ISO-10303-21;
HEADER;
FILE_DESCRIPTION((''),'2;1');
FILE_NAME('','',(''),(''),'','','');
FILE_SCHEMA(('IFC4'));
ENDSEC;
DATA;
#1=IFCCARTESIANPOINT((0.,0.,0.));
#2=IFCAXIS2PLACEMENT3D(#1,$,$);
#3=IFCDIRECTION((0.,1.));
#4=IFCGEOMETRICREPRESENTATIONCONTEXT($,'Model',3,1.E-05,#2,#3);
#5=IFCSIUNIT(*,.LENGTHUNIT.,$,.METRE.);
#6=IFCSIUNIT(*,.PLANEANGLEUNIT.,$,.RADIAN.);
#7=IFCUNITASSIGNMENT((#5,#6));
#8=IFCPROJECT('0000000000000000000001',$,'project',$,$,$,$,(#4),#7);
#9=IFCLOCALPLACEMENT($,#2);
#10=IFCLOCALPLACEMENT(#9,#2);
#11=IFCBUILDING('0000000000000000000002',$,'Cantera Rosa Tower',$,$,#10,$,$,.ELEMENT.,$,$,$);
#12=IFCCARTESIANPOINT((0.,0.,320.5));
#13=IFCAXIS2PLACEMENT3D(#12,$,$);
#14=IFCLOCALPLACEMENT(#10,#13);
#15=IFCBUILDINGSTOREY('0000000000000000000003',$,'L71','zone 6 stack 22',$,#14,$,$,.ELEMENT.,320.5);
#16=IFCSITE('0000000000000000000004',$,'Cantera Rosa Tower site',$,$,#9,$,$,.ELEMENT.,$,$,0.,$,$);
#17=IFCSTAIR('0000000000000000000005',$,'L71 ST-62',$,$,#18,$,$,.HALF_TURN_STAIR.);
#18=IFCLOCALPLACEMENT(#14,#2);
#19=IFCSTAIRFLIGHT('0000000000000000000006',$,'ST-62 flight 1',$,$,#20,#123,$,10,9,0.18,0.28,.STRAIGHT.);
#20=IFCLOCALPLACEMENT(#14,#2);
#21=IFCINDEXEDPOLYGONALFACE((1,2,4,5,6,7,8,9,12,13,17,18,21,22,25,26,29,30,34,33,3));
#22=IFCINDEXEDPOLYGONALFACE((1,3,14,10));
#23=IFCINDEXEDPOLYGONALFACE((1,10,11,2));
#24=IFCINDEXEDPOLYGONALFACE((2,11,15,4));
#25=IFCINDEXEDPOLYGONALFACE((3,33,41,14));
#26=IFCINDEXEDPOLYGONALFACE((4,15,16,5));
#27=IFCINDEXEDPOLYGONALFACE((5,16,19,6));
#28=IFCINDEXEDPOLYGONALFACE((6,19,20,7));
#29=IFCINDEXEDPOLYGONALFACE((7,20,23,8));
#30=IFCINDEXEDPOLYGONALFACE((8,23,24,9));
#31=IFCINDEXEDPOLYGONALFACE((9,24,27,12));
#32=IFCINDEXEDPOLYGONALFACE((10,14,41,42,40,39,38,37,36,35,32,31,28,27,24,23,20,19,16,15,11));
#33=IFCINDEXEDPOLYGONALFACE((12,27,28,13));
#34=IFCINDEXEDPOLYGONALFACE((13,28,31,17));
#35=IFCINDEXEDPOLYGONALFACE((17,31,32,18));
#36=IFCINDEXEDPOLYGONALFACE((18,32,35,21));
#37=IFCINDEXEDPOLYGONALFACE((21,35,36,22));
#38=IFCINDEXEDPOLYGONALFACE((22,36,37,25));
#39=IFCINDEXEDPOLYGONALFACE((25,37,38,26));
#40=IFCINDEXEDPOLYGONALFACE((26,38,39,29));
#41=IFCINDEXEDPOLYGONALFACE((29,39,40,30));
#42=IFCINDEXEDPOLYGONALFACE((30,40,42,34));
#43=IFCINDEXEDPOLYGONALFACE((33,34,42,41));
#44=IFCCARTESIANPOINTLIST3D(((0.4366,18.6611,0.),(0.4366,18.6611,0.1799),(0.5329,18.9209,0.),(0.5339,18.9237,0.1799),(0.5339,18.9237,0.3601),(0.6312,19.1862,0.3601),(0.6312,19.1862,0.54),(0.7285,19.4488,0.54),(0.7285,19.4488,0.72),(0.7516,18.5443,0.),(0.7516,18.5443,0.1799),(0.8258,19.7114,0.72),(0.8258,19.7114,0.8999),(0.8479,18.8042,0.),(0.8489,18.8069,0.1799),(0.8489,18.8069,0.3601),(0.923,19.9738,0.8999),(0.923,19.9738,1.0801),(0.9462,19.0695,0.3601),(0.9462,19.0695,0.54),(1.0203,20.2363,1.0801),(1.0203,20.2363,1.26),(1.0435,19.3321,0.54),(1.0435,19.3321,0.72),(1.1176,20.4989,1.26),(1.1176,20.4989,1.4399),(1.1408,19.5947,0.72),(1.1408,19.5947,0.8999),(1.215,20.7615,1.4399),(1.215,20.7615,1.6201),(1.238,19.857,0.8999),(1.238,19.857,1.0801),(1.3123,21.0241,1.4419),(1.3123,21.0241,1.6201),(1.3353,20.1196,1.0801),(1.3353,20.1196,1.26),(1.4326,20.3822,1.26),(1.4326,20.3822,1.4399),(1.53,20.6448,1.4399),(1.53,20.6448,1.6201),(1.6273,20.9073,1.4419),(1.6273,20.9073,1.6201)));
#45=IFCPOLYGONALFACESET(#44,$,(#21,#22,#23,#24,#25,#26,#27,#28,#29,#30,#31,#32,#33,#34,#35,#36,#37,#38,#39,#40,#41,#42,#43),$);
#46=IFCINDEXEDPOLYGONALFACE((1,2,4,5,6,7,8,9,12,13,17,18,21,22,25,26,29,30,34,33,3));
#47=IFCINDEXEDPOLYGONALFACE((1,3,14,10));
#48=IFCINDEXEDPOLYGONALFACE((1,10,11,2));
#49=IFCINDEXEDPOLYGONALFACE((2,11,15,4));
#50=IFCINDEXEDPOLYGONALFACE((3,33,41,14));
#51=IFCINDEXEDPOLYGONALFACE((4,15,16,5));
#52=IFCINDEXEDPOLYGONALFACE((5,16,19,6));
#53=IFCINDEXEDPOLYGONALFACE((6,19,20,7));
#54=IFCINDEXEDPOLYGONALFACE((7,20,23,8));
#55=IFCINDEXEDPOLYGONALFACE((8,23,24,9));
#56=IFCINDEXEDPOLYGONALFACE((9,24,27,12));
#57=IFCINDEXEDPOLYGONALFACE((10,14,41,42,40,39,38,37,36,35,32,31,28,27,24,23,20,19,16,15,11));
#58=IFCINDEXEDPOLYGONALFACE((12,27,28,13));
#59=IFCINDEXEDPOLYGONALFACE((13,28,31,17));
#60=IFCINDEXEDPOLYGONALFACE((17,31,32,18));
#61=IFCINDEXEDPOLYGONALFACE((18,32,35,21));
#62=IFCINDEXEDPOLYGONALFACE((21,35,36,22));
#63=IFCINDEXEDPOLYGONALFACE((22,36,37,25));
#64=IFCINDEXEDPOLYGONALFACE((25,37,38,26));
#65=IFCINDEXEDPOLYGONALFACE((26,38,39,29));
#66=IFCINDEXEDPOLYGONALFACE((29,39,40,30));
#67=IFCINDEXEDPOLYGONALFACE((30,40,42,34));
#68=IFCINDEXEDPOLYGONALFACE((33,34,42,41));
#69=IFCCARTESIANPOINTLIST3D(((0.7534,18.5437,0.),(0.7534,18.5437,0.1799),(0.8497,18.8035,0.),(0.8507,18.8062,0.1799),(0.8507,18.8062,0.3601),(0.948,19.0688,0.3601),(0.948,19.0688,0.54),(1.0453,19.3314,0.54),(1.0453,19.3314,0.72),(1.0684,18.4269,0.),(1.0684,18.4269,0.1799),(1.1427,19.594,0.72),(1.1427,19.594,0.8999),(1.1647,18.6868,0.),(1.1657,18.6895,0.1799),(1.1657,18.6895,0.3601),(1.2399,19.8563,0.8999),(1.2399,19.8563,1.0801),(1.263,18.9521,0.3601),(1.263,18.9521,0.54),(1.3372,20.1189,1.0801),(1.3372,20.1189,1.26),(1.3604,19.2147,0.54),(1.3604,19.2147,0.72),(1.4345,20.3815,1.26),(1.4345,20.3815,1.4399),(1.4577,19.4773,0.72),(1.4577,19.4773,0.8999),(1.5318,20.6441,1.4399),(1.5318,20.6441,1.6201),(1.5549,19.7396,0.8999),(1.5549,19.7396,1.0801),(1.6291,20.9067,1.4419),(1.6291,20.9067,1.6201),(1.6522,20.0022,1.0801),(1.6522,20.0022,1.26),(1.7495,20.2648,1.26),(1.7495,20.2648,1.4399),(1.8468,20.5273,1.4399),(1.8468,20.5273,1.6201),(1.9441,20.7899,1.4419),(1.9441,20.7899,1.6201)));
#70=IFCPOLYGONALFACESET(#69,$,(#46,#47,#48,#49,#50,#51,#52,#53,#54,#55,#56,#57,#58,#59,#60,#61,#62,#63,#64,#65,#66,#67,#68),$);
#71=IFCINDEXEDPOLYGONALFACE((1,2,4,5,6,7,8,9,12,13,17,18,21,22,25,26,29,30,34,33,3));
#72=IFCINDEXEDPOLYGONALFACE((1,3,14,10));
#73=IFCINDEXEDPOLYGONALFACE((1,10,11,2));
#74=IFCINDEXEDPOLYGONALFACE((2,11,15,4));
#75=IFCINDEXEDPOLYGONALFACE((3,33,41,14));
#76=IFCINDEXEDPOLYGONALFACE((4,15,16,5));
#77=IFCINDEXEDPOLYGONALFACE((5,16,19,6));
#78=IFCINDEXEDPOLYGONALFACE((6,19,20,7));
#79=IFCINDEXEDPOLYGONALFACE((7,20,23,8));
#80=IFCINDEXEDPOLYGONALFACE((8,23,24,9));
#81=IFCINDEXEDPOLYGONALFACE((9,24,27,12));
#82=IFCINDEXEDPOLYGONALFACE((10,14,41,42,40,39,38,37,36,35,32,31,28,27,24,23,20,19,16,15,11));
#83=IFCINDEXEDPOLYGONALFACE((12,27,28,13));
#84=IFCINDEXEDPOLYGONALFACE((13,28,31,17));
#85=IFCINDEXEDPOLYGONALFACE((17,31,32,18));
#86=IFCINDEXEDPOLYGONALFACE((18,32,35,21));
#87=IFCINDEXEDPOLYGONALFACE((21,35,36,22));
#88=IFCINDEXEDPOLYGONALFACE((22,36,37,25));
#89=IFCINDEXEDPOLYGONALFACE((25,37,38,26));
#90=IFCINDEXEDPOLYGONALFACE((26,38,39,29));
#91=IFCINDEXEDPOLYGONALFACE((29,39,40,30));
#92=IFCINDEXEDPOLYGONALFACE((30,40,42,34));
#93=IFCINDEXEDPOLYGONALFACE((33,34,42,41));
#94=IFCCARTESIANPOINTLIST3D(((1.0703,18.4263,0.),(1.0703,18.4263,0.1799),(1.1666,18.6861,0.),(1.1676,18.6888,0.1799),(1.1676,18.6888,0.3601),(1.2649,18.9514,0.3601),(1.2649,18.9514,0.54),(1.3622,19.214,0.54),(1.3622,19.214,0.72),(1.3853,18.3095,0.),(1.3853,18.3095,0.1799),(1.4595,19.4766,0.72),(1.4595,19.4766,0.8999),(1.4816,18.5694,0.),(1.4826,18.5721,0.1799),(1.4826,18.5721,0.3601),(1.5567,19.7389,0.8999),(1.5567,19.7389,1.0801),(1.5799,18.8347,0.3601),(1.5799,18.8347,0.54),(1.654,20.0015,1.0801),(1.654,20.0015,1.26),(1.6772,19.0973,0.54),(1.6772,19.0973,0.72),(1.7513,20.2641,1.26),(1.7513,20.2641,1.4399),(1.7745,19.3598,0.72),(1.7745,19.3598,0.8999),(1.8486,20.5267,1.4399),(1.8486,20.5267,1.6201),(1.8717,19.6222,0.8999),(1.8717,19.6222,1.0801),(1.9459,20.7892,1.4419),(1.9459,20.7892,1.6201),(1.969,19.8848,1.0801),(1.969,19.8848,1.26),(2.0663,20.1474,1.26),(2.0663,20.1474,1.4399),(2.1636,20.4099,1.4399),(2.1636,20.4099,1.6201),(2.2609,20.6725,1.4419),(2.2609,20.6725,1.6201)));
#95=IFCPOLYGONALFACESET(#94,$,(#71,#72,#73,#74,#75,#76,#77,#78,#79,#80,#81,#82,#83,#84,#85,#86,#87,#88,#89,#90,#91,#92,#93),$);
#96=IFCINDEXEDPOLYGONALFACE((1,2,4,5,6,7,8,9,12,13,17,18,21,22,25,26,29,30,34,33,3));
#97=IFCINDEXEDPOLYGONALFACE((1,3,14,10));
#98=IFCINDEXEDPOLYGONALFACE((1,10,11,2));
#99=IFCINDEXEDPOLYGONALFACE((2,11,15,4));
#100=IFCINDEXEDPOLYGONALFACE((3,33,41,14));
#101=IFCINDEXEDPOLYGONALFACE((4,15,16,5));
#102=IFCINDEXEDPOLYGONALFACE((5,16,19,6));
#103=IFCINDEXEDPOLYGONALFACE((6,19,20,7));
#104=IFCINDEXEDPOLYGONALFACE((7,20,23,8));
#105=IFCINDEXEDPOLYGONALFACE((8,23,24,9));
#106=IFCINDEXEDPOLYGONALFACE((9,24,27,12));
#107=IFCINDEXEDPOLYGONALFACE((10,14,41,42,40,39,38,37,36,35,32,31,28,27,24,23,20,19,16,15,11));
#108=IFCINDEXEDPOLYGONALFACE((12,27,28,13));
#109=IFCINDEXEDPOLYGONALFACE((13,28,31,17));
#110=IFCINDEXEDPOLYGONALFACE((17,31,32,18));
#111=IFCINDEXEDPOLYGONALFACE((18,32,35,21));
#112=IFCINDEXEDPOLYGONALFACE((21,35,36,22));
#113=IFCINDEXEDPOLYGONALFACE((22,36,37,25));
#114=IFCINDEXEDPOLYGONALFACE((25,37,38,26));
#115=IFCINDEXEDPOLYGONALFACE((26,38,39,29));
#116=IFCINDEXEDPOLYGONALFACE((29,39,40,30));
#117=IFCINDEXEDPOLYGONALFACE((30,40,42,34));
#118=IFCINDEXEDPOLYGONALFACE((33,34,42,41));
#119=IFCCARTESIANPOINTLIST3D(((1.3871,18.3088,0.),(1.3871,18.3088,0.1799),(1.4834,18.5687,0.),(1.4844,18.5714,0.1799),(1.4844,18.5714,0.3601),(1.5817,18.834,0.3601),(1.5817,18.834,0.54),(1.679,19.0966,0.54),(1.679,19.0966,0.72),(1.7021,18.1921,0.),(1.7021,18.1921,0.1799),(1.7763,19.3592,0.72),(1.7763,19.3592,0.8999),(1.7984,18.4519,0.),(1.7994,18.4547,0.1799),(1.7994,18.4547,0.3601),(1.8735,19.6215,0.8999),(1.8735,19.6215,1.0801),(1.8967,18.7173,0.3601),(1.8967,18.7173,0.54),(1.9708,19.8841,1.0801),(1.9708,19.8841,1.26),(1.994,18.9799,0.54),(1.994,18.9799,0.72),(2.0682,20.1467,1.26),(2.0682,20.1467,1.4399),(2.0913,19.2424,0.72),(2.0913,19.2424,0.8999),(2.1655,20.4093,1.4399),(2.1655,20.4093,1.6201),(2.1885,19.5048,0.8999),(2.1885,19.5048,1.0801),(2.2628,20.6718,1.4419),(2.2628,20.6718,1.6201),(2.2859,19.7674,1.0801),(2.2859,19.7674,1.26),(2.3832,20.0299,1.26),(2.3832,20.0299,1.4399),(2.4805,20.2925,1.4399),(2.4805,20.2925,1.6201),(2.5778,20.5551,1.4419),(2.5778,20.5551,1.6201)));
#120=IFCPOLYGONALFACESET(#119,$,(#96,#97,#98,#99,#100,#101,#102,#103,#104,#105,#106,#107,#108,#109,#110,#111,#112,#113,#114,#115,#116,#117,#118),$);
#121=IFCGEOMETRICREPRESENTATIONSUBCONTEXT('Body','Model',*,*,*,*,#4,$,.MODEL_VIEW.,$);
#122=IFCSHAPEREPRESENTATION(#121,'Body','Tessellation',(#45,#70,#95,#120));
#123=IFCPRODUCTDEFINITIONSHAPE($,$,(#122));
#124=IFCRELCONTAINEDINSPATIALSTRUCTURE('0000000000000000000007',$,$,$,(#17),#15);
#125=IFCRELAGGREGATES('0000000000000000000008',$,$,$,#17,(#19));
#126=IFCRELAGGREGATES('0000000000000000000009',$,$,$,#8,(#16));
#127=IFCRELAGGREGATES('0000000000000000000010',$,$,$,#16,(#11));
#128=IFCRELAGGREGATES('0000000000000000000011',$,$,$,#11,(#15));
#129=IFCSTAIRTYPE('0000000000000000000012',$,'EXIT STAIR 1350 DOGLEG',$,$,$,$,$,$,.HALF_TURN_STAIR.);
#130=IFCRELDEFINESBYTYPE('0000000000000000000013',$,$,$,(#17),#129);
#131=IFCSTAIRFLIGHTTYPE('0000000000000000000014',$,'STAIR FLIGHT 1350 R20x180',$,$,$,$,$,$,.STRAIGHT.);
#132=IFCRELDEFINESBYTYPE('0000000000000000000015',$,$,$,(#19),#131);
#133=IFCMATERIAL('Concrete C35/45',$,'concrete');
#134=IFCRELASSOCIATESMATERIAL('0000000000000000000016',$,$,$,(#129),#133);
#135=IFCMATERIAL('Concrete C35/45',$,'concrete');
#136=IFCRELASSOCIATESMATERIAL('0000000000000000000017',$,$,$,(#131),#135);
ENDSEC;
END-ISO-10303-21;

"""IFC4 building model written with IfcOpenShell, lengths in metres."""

from ifc_helpers import new_model, si_unit, direction, frame, origin, place, context, subcontext, project, spatial, polyline, outline, extrude, material, type_object, element, aggregate, save


model = new_model("IFC4")

# Units and contexts
model_context = context("Model", 3, precision=1e-05, world=origin(), true_north=direction((0.0, 1.0)))
body_context = subcontext(model_context, "Body", "Model", "MODEL_VIEW")
ifc_project = project(units=[si_unit("LENGTHUNIT", "METRE"), si_unit("PLANEANGLEUNIT", "RADIAN")], contexts=[model_context])

# Site, building, storey
site_placement = place(None, origin())
site = spatial("IfcSite", under=ifc_project, at=site_placement, Name="Cantera Rosa Tower site", CompositionType="ELEMENT", RefElevation=0.0)
building_placement = place(site_placement, origin())
building = spatial("IfcBuilding", under=site, at=building_placement, Name="Cantera Rosa Tower", CompositionType="ELEMENT")
storey_placement = place(building_placement, frame((0.0, 0.0, 320.5)))
storey = spatial("IfcBuildingStorey", under=building, at=storey_placement, Name="L71", Description="zone 6 stack 22", CompositionType="ELEMENT", Elevation=320.5)

# Stair, stair flight
ifc_material_1 = material(Name="Concrete C35/45", Category="concrete")
stair_type = type_object("IfcStairType", Name="EXIT STAIR 1350 DOGLEG", PredefinedType="HALF_TURN_STAIR", material=ifc_material_1)
stair_placement = place(storey_placement, origin())
stair = element("IfcStair", 1, at=stair_placement, inside=storey, type_object=stair_type, Name="L71 ST-62", PredefinedType="HALF_TURN_STAIR")
ifc_material_2 = material(Name="Concrete C35/45", Category="concrete")
stair_flight_type = type_object("IfcStairFlightType", Name="STAIR FLIGHT 1350 R20x180", PredefinedType="STRAIGHT", material=ifc_material_2)
stair_flight_placement = place(storey_placement, frame((1.0696, 18.4265, 0.0), z_axis=(0.0, 0.0, 1.0), x_axis=(0.347481, 0.937687, 0.0)))
stair_flight = element("IfcStairFlight", 2, at=stair_flight_placement, type_object=stair_flight_type, Name="ST-62 flight 1", NumberOfRisers=10, NumberOfTreads=9, PredefinedType="STRAIGHT", RiserHeight=0.18, TreadLength=0.28, context=body_context, shape_type="SweptSolid", body=[
    extrude(outline(polyline([(0.0, 0.0), (0.0, 0.1799), (0.28, 0.1799), (0.28, 0.3601), (0.5601, 0.3601), (0.5601, 0.54), (0.8401, 0.54), (0.8401, 0.72), (1.1201, 0.72), (1.1201, 0.8999), (1.3999, 0.8999), (1.3999, 1.0801), (1.6799, 1.0801), (1.6799, 1.26), (1.96, 1.26), (1.96, 1.4399), (2.24, 1.4399), (2.24, 1.6201), (2.52, 1.6201), (2.52, 1.8), (2.52, 1.4419), (0.2771, 0.0), (0.0, 0.0)])), frame((0.0, 0.675, 0.0), z_axis=(0.0, -1.0, 0.0), x_axis=(1.0, 0.0, 0.0)), (0.0, 0.0, 1.0), 0.3359),
    extrude(outline(polyline([(0.0, 0.0), (0.0, 0.1799), (0.28, 0.1799), (0.28, 0.3601), (0.5601, 0.3601), (0.5601, 0.54), (0.8401, 0.54), (0.8401, 0.72), (1.1201, 0.72), (1.1201, 0.8999), (1.3999, 0.8999), (1.3999, 1.0801), (1.6799, 1.0801), (1.6799, 1.26), (1.96, 1.26), (1.96, 1.4399), (2.24, 1.4399), (2.24, 1.6201), (2.52, 1.6201), (2.52, 1.8), (2.52, 1.4419), (0.2771, 0.0), (0.0, 0.0)])), frame((0.0, 0.3372, 0.0), z_axis=(0.0, -1.0, 0.0), x_axis=(1.0, 0.0, 0.0)), (0.0, 0.0, 1.0), 0.3359),
    extrude(outline(polyline([(0.0, 0.0), (0.0, 0.1799), (0.28, 0.1799), (0.28, 0.3601), (0.5601, 0.3601), (0.5601, 0.54), (0.8401, 0.54), (0.8401, 0.72), (1.1201, 0.72), (1.1201, 0.8999), (1.3999, 0.8999), (1.3999, 1.0801), (1.6799, 1.0801), (1.6799, 1.26), (1.96, 1.26), (1.96, 1.4399), (2.24, 1.4399), (2.24, 1.6201), (2.52, 1.6201), (2.52, 1.8), (2.52, 1.4419), (0.2771, 0.0), (0.0, 0.0)])), frame((0.0, -0.0007, 0.0), z_axis=(0.0, -1.0, 0.0), x_axis=(1.0, 0.0, 0.0)), (0.0, 0.0, 1.0), 0.3359),
    extrude(outline(polyline([(0.0, 0.0), (0.0, 0.1799), (0.28, 0.1799), (0.28, 0.3601), (0.5601, 0.3601), (0.5601, 0.54), (0.8401, 0.54), (0.8401, 0.72), (1.1201, 0.72), (1.1201, 0.8999), (1.3999, 0.8999), (1.3999, 1.0801), (1.6799, 1.0801), (1.6799, 1.26), (1.96, 1.26), (1.96, 1.4399), (2.24, 1.4399), (2.24, 1.6201), (2.52, 1.6201), (2.52, 1.8), (2.52, 1.4419), (0.2771, 0.0), (0.0, 0.0)])), frame((0.0, -0.3386, 0.0), z_axis=(0.0, -1.0, 0.0), x_axis=(1.0, 0.0, 0.0)), (0.0, 0.0, 1.0), 0.3359),
])
aggregate(stair, [stair_flight])

save(model, "model.ifc")
